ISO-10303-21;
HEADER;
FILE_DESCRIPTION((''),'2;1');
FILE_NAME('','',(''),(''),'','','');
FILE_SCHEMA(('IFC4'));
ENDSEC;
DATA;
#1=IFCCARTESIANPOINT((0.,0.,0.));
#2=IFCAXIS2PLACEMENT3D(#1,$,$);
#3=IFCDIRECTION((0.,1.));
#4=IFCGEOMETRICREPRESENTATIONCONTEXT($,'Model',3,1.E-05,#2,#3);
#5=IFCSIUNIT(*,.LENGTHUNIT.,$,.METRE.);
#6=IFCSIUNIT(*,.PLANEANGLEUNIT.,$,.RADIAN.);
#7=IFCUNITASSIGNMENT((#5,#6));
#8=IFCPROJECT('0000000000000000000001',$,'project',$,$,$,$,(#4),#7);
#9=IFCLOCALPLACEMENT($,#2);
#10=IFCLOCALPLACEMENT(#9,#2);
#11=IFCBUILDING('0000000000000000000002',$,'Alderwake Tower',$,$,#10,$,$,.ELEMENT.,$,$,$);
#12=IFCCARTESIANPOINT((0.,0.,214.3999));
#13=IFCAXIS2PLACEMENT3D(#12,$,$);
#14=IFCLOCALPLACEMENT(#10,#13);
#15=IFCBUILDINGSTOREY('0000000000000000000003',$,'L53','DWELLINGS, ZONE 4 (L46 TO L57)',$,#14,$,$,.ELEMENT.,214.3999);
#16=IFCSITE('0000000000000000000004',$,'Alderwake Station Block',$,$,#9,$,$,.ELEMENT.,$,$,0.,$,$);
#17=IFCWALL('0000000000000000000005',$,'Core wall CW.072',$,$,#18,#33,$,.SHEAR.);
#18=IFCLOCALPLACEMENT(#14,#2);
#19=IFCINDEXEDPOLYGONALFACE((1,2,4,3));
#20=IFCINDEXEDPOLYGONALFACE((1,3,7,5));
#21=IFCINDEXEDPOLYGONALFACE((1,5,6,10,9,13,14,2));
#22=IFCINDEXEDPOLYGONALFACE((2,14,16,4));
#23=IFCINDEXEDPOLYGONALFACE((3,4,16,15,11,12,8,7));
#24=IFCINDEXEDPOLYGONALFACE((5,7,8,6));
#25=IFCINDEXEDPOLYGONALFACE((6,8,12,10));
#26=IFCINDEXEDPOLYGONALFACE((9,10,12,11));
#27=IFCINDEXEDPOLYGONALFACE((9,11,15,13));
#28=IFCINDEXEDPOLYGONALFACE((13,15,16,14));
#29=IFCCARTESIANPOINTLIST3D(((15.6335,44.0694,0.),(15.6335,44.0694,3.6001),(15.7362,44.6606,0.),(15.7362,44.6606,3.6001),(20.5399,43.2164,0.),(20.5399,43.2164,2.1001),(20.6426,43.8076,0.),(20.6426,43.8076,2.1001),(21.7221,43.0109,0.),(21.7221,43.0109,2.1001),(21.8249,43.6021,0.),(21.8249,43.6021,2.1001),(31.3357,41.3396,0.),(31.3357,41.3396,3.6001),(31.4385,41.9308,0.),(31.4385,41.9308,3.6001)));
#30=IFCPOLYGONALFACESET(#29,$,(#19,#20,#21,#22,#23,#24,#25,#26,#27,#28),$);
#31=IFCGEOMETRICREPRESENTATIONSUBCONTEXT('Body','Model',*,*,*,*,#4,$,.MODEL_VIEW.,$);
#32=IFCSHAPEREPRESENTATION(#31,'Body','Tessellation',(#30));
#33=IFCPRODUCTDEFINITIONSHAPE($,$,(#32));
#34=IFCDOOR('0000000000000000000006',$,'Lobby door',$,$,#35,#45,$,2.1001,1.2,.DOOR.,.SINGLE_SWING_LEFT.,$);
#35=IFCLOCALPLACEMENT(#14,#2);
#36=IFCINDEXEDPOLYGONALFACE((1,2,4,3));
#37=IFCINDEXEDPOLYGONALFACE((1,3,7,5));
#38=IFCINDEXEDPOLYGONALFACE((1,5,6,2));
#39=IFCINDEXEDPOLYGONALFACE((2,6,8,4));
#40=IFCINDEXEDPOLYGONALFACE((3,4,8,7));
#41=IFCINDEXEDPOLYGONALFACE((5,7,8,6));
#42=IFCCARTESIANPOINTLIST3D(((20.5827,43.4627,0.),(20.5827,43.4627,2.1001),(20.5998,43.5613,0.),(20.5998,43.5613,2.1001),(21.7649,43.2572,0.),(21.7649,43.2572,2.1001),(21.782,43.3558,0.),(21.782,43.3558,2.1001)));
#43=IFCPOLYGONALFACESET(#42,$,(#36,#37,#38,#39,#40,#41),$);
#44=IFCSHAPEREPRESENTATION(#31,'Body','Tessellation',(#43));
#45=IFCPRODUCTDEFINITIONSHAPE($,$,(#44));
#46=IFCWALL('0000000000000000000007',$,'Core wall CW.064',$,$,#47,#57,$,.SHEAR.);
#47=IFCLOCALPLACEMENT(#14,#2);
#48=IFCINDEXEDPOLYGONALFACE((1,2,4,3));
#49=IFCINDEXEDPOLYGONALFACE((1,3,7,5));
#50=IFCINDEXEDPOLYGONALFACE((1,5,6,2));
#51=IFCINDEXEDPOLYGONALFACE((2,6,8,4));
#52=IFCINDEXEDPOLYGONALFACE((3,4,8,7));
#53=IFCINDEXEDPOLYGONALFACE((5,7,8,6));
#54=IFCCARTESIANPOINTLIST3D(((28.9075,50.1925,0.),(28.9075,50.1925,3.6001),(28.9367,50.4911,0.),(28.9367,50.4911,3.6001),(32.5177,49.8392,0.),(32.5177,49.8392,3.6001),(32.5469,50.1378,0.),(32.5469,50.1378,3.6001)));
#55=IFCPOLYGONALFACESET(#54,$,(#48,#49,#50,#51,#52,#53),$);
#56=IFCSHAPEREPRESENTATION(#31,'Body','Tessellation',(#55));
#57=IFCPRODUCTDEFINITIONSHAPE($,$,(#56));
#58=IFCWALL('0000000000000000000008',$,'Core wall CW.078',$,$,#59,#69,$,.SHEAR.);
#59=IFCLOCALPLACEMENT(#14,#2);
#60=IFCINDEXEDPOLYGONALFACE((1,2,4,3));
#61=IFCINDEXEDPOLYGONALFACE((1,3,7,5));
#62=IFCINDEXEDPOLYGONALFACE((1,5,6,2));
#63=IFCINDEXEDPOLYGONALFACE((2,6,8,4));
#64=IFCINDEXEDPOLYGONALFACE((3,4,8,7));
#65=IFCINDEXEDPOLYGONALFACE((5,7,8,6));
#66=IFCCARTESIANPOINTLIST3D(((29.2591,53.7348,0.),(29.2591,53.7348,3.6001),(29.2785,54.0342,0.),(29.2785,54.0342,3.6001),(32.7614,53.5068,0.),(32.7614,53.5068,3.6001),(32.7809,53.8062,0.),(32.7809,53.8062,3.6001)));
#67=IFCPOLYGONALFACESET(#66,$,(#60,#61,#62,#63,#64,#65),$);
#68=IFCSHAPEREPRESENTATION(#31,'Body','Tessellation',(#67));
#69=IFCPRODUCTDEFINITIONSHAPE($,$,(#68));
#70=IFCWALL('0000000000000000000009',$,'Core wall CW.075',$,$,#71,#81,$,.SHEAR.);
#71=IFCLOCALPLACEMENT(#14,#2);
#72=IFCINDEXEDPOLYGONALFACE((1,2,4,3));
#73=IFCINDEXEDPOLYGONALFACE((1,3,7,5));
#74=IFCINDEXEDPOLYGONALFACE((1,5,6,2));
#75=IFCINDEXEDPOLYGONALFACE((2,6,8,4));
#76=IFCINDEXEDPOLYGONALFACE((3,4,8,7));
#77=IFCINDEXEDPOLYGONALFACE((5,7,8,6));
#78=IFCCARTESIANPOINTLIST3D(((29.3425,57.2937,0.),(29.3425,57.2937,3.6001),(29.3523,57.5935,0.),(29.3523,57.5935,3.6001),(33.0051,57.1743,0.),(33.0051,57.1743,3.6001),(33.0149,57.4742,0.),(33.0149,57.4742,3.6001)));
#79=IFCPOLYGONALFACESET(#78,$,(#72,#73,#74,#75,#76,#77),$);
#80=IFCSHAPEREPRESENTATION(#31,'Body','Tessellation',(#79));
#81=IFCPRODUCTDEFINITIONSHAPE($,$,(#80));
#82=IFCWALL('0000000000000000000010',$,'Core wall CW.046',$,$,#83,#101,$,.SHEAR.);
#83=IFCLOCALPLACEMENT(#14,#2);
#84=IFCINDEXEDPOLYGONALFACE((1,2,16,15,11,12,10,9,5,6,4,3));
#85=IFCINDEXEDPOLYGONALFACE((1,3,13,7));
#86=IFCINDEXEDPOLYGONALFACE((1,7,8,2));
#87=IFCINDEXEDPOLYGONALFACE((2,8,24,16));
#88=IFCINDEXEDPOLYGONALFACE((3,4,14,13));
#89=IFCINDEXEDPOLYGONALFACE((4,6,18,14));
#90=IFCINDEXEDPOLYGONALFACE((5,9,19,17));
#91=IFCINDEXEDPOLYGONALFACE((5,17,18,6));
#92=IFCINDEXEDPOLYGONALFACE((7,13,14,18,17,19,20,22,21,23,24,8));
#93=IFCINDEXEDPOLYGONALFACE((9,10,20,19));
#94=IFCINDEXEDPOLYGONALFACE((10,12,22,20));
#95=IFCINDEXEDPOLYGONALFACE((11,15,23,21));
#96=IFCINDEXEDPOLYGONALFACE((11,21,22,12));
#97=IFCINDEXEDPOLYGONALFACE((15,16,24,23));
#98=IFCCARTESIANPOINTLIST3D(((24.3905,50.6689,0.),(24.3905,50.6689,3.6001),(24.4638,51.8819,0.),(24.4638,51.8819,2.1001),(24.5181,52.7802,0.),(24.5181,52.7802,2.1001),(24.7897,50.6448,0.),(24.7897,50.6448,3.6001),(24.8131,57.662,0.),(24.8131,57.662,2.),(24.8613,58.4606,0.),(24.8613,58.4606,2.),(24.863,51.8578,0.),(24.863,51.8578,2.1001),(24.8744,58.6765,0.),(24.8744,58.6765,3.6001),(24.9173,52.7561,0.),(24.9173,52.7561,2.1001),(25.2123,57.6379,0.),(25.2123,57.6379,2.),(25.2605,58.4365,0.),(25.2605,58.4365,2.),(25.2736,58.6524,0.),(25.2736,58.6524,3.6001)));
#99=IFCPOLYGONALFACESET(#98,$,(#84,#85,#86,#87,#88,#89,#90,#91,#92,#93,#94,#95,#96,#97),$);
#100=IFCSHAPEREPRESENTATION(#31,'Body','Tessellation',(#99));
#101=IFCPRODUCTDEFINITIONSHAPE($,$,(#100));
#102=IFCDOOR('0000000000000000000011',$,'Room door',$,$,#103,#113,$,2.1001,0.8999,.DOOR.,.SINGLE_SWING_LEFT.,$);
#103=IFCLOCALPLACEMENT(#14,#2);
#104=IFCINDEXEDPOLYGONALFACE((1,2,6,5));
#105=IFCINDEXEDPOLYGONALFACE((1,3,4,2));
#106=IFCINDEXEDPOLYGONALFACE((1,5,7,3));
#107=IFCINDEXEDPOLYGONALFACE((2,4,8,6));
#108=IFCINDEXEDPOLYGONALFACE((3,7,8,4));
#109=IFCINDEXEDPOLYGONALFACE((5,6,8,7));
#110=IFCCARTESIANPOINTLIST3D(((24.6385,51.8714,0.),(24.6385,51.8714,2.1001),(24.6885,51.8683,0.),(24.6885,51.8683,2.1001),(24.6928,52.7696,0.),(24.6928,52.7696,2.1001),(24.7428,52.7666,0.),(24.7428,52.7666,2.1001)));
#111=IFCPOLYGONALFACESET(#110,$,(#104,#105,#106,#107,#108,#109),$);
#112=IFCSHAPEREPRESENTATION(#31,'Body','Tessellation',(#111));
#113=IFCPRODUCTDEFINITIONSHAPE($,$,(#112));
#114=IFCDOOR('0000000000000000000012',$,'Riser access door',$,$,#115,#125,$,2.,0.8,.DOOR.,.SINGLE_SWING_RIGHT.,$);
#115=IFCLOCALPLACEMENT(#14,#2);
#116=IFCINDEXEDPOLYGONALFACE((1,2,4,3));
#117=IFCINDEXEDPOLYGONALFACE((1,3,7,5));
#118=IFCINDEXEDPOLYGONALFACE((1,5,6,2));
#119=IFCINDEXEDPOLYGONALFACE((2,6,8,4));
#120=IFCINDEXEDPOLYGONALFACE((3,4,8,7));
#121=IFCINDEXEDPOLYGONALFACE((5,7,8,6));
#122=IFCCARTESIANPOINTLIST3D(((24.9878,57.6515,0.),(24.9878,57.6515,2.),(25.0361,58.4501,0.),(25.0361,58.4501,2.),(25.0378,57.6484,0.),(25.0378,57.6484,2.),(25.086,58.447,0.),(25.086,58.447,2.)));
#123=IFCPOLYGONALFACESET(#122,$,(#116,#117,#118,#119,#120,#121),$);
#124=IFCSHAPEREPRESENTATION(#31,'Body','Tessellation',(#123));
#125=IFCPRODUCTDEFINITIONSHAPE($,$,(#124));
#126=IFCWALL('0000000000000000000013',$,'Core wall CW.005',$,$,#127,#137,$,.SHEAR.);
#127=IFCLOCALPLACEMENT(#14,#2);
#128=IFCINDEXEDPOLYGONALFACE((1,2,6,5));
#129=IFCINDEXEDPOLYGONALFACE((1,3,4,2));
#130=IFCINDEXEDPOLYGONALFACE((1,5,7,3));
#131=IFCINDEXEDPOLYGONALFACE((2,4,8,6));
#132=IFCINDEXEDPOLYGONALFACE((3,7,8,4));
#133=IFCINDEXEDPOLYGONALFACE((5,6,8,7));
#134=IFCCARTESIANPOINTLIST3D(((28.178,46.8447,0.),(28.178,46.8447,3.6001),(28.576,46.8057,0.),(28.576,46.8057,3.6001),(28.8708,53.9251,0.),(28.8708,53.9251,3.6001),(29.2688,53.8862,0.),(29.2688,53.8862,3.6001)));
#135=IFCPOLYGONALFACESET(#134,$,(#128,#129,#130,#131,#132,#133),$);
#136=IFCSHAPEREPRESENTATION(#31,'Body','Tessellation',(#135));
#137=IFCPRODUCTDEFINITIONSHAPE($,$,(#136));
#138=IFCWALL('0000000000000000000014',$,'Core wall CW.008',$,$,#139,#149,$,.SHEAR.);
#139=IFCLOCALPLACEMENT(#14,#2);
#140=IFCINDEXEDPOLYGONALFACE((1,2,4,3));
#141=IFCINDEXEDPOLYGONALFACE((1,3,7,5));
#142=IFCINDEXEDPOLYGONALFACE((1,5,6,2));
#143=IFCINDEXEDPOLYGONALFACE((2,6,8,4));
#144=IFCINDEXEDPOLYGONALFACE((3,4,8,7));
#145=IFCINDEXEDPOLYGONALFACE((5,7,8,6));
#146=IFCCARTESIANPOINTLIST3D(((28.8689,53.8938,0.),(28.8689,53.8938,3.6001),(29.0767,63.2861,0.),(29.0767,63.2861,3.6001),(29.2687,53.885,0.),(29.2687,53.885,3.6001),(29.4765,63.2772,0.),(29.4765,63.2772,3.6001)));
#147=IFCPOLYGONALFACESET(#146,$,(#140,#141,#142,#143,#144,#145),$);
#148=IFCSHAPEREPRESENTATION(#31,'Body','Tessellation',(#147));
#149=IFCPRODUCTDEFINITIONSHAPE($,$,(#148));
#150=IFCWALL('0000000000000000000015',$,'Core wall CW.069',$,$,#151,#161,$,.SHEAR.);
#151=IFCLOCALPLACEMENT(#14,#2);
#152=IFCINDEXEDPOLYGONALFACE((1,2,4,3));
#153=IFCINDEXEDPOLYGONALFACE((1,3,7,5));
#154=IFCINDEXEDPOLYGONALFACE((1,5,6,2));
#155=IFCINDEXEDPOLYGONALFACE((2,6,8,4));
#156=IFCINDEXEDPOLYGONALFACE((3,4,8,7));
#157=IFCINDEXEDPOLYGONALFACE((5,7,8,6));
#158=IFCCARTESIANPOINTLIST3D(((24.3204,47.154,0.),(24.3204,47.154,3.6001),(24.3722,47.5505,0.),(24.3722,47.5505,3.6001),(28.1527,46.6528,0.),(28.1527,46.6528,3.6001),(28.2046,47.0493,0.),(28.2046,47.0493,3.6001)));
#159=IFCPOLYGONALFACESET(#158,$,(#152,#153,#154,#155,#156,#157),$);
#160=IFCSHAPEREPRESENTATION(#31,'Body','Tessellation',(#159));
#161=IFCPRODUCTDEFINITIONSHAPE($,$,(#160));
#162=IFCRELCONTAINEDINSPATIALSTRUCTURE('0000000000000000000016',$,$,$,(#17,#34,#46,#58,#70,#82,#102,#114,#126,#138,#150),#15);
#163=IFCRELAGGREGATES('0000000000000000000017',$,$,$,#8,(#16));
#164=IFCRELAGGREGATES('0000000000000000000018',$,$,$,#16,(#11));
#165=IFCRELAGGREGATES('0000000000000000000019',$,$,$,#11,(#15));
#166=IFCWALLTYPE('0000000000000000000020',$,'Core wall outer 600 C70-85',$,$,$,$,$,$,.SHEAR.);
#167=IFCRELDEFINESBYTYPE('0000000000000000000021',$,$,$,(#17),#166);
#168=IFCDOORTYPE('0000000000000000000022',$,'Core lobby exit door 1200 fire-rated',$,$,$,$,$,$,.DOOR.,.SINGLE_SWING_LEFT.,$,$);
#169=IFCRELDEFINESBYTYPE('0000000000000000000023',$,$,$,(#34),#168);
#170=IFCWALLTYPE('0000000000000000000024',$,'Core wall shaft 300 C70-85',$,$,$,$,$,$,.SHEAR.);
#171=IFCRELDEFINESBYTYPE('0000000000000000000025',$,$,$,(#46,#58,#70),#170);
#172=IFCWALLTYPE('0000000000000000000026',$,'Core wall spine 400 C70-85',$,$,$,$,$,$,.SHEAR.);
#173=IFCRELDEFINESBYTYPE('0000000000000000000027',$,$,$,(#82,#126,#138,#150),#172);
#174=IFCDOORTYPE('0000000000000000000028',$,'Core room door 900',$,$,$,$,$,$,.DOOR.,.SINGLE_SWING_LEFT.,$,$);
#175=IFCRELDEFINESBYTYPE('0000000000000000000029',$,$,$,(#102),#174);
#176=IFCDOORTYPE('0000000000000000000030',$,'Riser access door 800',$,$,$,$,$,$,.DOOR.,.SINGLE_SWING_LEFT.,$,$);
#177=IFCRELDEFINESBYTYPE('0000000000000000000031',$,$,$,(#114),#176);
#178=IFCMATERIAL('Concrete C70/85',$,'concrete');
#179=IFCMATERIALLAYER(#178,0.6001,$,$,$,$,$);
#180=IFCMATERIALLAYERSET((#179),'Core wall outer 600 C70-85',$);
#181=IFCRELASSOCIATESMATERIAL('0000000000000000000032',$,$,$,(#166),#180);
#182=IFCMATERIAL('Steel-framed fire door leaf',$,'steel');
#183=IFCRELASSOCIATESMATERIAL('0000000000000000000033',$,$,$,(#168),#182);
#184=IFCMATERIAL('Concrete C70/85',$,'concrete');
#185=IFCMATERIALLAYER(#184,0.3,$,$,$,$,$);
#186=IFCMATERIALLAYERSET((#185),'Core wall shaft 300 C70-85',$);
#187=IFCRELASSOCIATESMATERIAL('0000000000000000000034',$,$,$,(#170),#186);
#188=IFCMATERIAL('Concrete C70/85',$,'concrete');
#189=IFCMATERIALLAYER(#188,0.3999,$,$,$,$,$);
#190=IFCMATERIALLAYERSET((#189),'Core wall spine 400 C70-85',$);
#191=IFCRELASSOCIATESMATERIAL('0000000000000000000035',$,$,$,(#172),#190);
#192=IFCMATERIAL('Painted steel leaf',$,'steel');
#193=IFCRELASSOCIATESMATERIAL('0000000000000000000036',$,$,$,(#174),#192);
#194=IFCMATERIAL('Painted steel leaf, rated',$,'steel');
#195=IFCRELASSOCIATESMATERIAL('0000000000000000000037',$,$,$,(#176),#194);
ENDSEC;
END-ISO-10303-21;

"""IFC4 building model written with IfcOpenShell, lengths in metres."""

from ifc_helpers import new_model, si_unit, direction, frame, frame_2d, origin, place, context, subcontext, project, spatial, rectangle, extrude, material, layer, layer_set, type_object, element, fill, save


model = new_model("IFC4")

# Units and contexts
model_context = context("Model", 3, precision=1e-05, world=origin(), true_north=direction((0.0, 1.0)))
body_context = subcontext(model_context, "Body", "Model", "MODEL_VIEW")
ifc_project = project(units=[si_unit("LENGTHUNIT", "METRE"), si_unit("PLANEANGLEUNIT", "RADIAN")], contexts=[model_context])

# Site, building, storey
site_placement = place(None, origin())
site = spatial("IfcSite", under=ifc_project, at=site_placement, Name="Alderwake Station Block", CompositionType="ELEMENT", RefElevation=0.0)
building_placement = place(site_placement, origin())
building = spatial("IfcBuilding", under=site, at=building_placement, Name="Alderwake Tower", CompositionType="ELEMENT")
storey_placement = place(building_placement, frame((0.0, 0.0, 214.3999)))
storey = spatial("IfcBuildingStorey", under=building, at=storey_placement, Name="L53", Description="DWELLINGS, ZONE 4 (L46 TO L57)", CompositionType="ELEMENT", Elevation=214.3999)

# Shared definitions
ifc_material_1 = material(Name="Concrete C70/85", Category="concrete")
ifc_layer_1 = layer(ifc_material_1, 0.6001)
ifc_layer_set_1 = layer_set([ifc_layer_1], Name="Core wall outer 600 C70-85")
wall_type_1 = type_object("IfcWallType", Name="Core wall outer 600 C70-85", PredefinedType="SHEAR", material=ifc_layer_set_1)

# Wall, opening, door
wall_1_placement = place(storey_placement, frame((31.387, 41.6353, 0.0), z_axis=(0.0, 0.0, 1.0), x_axis=(-0.985223, 0.171276, 0.0)))
wall_1 = element("IfcWall", 1, at=wall_1_placement, inside=storey, type_object=wall_type_1, Name="Core wall CW.072", PredefinedType="SHEAR", context=body_context, shape_type="SweptSolid", body=[
    extrude(rectangle(XDim=15.9377, YDim=0.6001, at=frame_2d((7.9688, 0.0))), origin(), (0.0, 0.0, 1.0), 3.6001),
])
opening_1_placement = place(wall_1_placement, frame((9.7576, 0.0, 0.0)))
opening_1 = element("IfcOpeningElement", 2, at=opening_1_placement, cuts=wall_1, PredefinedType="OPENING", context=body_context, shape_type="SweptSolid", body=[
    extrude(rectangle(XDim=1.2, YDim=2.1001, at=frame_2d((0.6001, 1.05))), frame((0.0, 0.3101, 0.0), z_axis=(0.0, -1.0, 0.0), x_axis=(1.0, 0.0, 0.0)), (0.0, 0.0, 1.0), 0.6201),
])
ifc_material_2 = material(Name="Steel-framed fire door leaf", Category="steel")
door_type_1 = type_object("IfcDoorType", Name="Core lobby exit door 1200 fire-rated", OperationType="SINGLE_SWING_LEFT", PredefinedType="DOOR", material=ifc_material_2)
door_1_placement = place(opening_1_placement, origin())
door_1 = element("IfcDoor", 3, at=door_1_placement, inside=storey, type_object=door_type_1, Name="Lobby door", OperationType="SINGLE_SWING_LEFT", OverallHeight=2.1001, OverallWidth=1.2, PredefinedType="DOOR", context=body_context, shape_type="SweptSolid", body=[
    extrude(rectangle(XDim=1.2, YDim=2.1001, at=frame_2d((0.6001, 1.05))), frame((0.0, 0.05, 0.0), z_axis=(0.0, -1.0, 0.0), x_axis=(1.0, 0.0, 0.0)), (0.0, 0.0, 1.0), 0.1001),
])
fill(opening_1, door_1)

# Walls
ifc_material_3 = material(Name="Concrete C70/85", Category="concrete")
ifc_layer_2 = layer(ifc_material_3, 0.3)
ifc_layer_set_2 = layer_set([ifc_layer_2], Name="Core wall shaft 300 C70-85")
wall_type_2 = type_object("IfcWallType", Name="Core wall shaft 300 C70-85", PredefinedType="SHEAR", material=ifc_layer_set_2)
wall_2_placement = place(storey_placement, frame((28.9221, 50.3418, 0.0), z_axis=(0.0, 0.0, 1.0), x_axis=(0.995246, -0.097391, 0.0)))
element("IfcWall", 4, at=wall_2_placement, inside=storey, type_object=wall_type_2, Name="Core wall CW.064", PredefinedType="SHEAR", context=body_context, shape_type="SweptSolid", body=[
    extrude(rectangle(XDim=3.6274, YDim=0.3, at=frame_2d((1.8137, 0.0))), origin(), (0.0, 0.0, 1.0), 3.6001),
])
wall_3_placement = place(storey_placement, frame((29.2688, 53.8845, 0.0), z_axis=(0.0, 0.0, 1.0), x_axis=(0.997887, -0.064968, 0.0)))
element("IfcWall", 5, at=wall_3_placement, inside=storey, type_object=wall_type_2, Name="Core wall CW.078", PredefinedType="SHEAR", context=body_context, shape_type="SweptSolid", body=[
    extrude(rectangle(XDim=3.5098, YDim=0.3, at=frame_2d((1.7549, 0.0))), origin(), (0.0, 0.0, 1.0), 3.6001),
])
wall_4_placement = place(storey_placement, frame((29.3474, 57.4436, 0.0), z_axis=(0.0, 0.0, 1.0), x_axis=(0.999469, -0.032578, 0.0)))
element("IfcWall", 6, at=wall_4_placement, inside=storey, type_object=wall_type_2, Name="Core wall CW.075", PredefinedType="SHEAR", context=body_context, shape_type="SweptSolid", body=[
    extrude(rectangle(XDim=3.6646, YDim=0.3, at=frame_2d((1.8323, 0.0))), origin(), (0.0, 0.0, 1.0), 3.6001),
])

# Wall, openings, doors
ifc_material_4 = material(Name="Concrete C70/85", Category="concrete")
ifc_layer_3 = layer(ifc_material_4, 0.3999)
ifc_layer_set_3 = layer_set([ifc_layer_3], Name="Core wall spine 400 C70-85")
wall_type_3 = type_object("IfcWallType", Name="Core wall spine 400 C70-85", PredefinedType="SHEAR", material=ifc_layer_set_3)
wall_5_placement = place(storey_placement, frame((24.5901, 50.6567, 0.0), z_axis=(0.0, 0.0, 1.0), x_axis=(0.060319, 0.998179, 0.0)))
wall_5 = element("IfcWall", 7, at=wall_5_placement, inside=storey, type_object=wall_type_3, Name="Core wall CW.046", PredefinedType="SHEAR", context=body_context, shape_type="SweptSolid", body=[
    extrude(rectangle(XDim=8.0222, YDim=0.3999, at=frame_2d((4.0112, 0.0))), origin(), (0.0, 0.0, 1.0), 3.6001),
])
opening_2_placement = place(wall_5_placement, frame((7.0061, 0.0, 0.0)))
opening_2 = element("IfcOpeningElement", 8, at=opening_2_placement, cuts=wall_5, PredefinedType="OPENING", context=body_context, shape_type="SweptSolid", body=[
    extrude(rectangle(XDim=0.8, YDim=2.0, at=frame_2d((0.3999, 1.0))), frame((0.0, 0.21, 0.0), z_axis=(0.0, -1.0, 0.0), x_axis=(1.0, 0.0, 0.0)), (0.0, 0.0, 1.0), 0.4199),
])
opening_3_placement = place(wall_5_placement, frame((1.2153, 0.0, 0.0)))
opening_3 = element("IfcOpeningElement", 9, at=opening_3_placement, cuts=wall_5, PredefinedType="OPENING", context=body_context, shape_type="SweptSolid", body=[
    extrude(rectangle(XDim=0.8999, YDim=2.1001, at=frame_2d((0.45, 1.05))), frame((0.0, 0.21, 0.0), z_axis=(0.0, -1.0, 0.0), x_axis=(1.0, 0.0, 0.0)), (0.0, 0.0, 1.0), 0.4199),
])
ifc_material_5 = material(Name="Painted steel leaf", Category="steel")
door_type_2 = type_object("IfcDoorType", Name="Core room door 900", OperationType="SINGLE_SWING_LEFT", PredefinedType="DOOR", material=ifc_material_5)
door_2_placement = place(opening_3_placement, origin())
door_2 = element("IfcDoor", 10, at=door_2_placement, inside=storey, type_object=door_type_2, Name="Room door", OperationType="SINGLE_SWING_LEFT", OverallHeight=2.1001, OverallWidth=0.8999, PredefinedType="DOOR", context=body_context, shape_type="SweptSolid", body=[
    extrude(rectangle(XDim=0.8999, YDim=2.1001, at=frame_2d((0.45, 1.05))), frame((0.0, 0.0249, 0.0), z_axis=(0.0, -1.0, 0.0), x_axis=(1.0, 0.0, 0.0)), (0.0, 0.0, 1.0), 0.05),
])
fill(opening_3, door_2)
ifc_material_6 = material(Name="Painted steel leaf, rated", Category="steel")
door_type_3 = type_object("IfcDoorType", Name="Riser access door 800", OperationType="SINGLE_SWING_LEFT", PredefinedType="DOOR", material=ifc_material_6)
door_3_placement = place(opening_2_placement, origin())
door_3 = element("IfcDoor", 11, at=door_3_placement, inside=storey, type_object=door_type_3, Name="Riser access door", OperationType="SINGLE_SWING_RIGHT", OverallHeight=2.0, OverallWidth=0.8, PredefinedType="DOOR", context=body_context, shape_type="SweptSolid", body=[
    extrude(rectangle(XDim=0.8, YDim=2.0, at=frame_2d((0.3999, 1.0))), frame((0.0, 0.0249, 0.0), z_axis=(0.0, -1.0, 0.0), x_axis=(1.0, 0.0, 0.0)), (0.0, 0.0, 1.0), 0.05),
])
fill(opening_2, door_3)

# Walls
wall_6_placement = place(storey_placement, frame((28.377, 46.8252, 0.0), z_axis=(0.0, 0.0, 1.0), x_axis=(0.097393, 0.995246, 0.0)))
element("IfcWall", 12, at=wall_6_placement, inside=storey, type_object=wall_type_3, Name="Core wall CW.005", PredefinedType="SHEAR", context=body_context, shape_type="SweptSolid", body=[
    extrude(rectangle(XDim=7.1143, YDim=0.3999, at=frame_2d((3.5571, 0.0))), origin(), (0.0, 0.0, 1.0), 3.6001),
])
wall_7_placement = place(storey_placement, frame((29.0688, 53.8894, 0.0), z_axis=(0.0, 0.0, 1.0), x_axis=(0.022115, 0.999755, 0.0)))
element("IfcWall", 13, at=wall_7_placement, inside=storey, type_object=wall_type_3, Name="Core wall CW.008", PredefinedType="SHEAR", context=body_context, shape_type="SweptSolid", body=[
    extrude(rectangle(XDim=9.3945, YDim=0.3999, at=frame_2d((4.6973, 0.0))), origin(), (0.0, 0.0, 1.0), 3.6001),
])
wall_8_placement = place(storey_placement, frame((24.3462, 47.3523, 0.0), z_axis=(0.0, 0.0, 1.0), x_axis=(0.991555, -0.129685, 0.0)))
element("IfcWall", 14, at=wall_8_placement, inside=storey, type_object=wall_type_3, Name="Core wall CW.069", PredefinedType="SHEAR", context=body_context, shape_type="SweptSolid", body=[
    extrude(rectangle(XDim=3.865, YDim=0.3999, at=frame_2d((1.9326, 0.0))), origin(), (0.0, 0.0, 1.0), 3.6001),
])

save(model, "model.ifc")
